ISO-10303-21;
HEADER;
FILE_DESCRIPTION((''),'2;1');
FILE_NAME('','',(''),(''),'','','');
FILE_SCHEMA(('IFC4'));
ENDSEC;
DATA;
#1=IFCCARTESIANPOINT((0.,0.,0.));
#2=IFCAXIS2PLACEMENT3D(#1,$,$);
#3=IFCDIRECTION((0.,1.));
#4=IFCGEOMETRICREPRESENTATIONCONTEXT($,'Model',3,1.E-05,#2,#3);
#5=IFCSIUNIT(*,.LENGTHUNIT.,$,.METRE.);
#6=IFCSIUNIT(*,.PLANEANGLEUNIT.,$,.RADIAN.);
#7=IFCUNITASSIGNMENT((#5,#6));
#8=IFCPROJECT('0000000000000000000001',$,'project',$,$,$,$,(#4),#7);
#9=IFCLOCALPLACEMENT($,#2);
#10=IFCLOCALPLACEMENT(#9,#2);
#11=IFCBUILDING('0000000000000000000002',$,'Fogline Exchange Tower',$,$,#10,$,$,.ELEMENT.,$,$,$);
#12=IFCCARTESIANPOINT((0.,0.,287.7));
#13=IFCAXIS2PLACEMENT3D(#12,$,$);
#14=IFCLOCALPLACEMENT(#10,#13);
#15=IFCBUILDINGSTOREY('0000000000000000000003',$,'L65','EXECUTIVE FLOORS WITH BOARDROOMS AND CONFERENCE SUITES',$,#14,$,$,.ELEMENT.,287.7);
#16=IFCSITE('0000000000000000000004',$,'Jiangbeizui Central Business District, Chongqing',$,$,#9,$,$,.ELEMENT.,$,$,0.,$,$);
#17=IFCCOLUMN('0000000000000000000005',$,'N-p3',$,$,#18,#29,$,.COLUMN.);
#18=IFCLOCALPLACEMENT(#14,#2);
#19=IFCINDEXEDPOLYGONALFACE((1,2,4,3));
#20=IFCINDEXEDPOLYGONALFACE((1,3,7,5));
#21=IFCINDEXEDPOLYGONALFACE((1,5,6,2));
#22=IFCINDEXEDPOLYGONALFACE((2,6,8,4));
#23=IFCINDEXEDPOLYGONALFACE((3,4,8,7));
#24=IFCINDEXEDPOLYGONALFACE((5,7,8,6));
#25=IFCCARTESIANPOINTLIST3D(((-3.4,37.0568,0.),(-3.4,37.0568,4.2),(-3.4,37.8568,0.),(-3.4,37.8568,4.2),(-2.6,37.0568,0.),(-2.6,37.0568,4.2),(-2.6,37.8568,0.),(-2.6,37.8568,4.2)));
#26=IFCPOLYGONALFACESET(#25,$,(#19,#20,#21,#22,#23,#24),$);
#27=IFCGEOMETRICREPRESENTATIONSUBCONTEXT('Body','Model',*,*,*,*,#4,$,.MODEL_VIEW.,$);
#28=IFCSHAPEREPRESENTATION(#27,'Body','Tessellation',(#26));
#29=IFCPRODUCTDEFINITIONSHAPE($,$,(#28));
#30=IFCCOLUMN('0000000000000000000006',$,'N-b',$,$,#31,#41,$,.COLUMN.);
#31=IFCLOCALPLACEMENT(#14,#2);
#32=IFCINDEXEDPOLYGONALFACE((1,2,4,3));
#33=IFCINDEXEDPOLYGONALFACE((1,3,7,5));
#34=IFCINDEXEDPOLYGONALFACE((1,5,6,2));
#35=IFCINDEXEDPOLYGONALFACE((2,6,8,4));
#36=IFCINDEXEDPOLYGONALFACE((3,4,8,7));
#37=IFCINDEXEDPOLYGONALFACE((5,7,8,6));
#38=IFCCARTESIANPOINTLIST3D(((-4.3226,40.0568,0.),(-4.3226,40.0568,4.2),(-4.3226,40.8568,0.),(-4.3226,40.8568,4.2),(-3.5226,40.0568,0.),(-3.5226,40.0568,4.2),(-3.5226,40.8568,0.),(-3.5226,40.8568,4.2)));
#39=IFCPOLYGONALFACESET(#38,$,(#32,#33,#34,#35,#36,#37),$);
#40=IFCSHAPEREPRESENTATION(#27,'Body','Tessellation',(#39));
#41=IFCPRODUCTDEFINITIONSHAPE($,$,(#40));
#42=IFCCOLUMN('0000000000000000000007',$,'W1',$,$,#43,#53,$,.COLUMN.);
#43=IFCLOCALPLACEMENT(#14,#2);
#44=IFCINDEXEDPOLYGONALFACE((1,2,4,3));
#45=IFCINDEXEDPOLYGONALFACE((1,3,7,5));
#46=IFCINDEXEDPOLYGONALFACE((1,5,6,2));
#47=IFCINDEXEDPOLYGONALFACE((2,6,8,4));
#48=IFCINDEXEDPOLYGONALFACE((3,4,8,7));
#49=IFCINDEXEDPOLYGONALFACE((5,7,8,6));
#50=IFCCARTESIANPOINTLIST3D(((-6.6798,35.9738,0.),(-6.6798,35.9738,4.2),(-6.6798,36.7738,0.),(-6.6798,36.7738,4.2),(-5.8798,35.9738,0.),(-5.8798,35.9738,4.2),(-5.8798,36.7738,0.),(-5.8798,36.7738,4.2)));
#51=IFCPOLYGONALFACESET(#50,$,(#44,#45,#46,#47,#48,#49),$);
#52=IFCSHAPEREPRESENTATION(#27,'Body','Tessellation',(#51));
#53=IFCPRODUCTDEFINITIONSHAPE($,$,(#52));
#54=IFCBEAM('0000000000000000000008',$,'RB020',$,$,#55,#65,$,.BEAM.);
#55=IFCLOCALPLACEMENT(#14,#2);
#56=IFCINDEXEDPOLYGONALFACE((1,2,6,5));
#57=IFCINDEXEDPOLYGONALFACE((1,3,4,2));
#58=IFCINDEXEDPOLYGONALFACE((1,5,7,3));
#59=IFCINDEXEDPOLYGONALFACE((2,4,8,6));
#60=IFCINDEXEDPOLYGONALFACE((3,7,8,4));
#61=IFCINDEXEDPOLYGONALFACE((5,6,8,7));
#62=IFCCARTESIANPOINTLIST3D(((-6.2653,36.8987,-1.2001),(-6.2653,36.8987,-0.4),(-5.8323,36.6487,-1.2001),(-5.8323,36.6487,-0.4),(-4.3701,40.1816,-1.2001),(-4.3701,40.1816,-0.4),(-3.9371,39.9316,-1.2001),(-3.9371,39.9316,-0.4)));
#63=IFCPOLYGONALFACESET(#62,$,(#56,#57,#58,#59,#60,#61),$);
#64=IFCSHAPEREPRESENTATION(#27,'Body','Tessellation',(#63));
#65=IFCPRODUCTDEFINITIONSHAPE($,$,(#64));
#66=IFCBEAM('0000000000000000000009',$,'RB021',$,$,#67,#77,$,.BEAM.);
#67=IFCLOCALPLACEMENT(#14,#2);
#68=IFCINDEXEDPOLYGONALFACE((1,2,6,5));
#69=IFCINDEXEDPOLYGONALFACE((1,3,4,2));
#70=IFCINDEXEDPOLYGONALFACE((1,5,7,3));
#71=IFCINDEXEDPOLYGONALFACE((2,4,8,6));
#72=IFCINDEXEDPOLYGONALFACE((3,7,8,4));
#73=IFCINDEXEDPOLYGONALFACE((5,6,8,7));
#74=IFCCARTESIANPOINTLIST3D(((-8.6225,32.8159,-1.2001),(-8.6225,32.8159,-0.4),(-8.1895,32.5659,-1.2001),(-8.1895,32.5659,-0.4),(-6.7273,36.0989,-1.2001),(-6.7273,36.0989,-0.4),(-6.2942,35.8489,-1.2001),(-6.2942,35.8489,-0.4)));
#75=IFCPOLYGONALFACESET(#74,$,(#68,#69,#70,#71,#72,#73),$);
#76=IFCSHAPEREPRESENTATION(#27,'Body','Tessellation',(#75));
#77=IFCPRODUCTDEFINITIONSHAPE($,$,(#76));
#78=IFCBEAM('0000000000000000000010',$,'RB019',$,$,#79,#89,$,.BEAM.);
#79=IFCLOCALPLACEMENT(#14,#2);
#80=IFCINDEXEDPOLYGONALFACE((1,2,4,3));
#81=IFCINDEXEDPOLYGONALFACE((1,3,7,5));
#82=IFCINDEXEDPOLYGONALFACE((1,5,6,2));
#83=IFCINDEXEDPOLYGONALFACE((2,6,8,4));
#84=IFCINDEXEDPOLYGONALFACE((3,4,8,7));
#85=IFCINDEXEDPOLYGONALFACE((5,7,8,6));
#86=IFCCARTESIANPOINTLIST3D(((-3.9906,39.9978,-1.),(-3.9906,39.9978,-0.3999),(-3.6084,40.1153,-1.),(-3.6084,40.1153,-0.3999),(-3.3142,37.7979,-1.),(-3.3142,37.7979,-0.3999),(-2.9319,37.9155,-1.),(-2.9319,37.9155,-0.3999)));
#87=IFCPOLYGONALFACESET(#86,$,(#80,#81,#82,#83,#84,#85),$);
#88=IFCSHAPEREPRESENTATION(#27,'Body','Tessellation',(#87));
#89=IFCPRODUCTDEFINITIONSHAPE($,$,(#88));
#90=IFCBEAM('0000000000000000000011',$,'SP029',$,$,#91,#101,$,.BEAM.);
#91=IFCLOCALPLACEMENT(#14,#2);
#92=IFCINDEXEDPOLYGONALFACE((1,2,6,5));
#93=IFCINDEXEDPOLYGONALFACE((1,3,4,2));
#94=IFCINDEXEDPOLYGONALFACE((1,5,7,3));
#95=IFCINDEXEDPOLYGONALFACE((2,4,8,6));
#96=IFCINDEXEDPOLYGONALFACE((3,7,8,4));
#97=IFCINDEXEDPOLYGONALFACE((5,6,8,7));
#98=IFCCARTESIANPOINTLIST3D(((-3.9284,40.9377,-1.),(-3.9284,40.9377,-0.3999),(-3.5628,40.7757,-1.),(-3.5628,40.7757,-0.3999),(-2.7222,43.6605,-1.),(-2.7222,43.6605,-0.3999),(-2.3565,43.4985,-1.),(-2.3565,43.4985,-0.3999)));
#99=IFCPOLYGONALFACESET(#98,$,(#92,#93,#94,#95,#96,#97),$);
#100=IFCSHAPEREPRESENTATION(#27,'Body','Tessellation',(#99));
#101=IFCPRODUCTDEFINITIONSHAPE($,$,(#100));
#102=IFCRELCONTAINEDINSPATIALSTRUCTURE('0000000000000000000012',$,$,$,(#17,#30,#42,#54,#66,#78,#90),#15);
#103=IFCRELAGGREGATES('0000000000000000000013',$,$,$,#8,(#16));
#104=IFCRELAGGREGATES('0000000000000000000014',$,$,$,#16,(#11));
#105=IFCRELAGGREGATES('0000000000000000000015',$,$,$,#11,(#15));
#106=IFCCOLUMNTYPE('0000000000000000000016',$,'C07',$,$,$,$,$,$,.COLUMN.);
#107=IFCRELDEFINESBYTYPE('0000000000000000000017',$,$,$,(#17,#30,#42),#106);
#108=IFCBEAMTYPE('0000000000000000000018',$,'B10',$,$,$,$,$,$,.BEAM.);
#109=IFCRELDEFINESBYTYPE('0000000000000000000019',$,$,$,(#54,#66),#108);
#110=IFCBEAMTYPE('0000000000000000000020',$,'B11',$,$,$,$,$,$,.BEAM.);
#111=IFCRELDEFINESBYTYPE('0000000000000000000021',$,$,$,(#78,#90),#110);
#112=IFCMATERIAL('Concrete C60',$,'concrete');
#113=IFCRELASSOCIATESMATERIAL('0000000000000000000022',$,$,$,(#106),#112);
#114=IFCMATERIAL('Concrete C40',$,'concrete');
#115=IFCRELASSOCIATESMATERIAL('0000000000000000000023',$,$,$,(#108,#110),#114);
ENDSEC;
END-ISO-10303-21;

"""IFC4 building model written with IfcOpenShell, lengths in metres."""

from ifc_helpers import new_model, si_unit, direction, frame, origin, origin_2d, place, context, subcontext, project, spatial, rectangle, extrude, material, material_profile, profile_set, type_object, element, save


model = new_model("IFC4")

# Units and contexts
model_context = context("Model", 3, precision=1e-05, world=origin(), true_north=direction((0.0, 1.0)))
body_context = subcontext(model_context, "Body", "Model", "MODEL_VIEW")
ifc_project = project(units=[si_unit("LENGTHUNIT", "METRE"), si_unit("PLANEANGLEUNIT", "RADIAN")], contexts=[model_context])

# Site, building, storey
site_placement = place(None, origin())
site = spatial("IfcSite", under=ifc_project, at=site_placement, Name="Jiangbeizui Central Business District, Chongqing", CompositionType="ELEMENT", RefElevation=0.0)
building_placement = place(site_placement, origin())
building = spatial("IfcBuilding", under=site, at=building_placement, Name="Fogline Exchange Tower", CompositionType="ELEMENT")
storey_placement = place(building_placement, frame((0.0, 0.0, 287.7)))
storey = spatial("IfcBuildingStorey", under=building, at=storey_placement, Name="L65", Description="EXECUTIVE FLOORS WITH BOARDROOMS AND CONFERENCE SUITES", CompositionType="ELEMENT", Elevation=287.7)

# Columns
ifc_material_1 = material(Name="Concrete C60", Category="concrete")
ifc_material_profile_1 = material_profile(ifc_material_1, rectangle(XDim=0.8, YDim=0.8, at=origin_2d()), Name="RC 800x800")
ifc_profile_set_1 = profile_set([ifc_material_profile_1], Name="Concrete C60")
column_type = type_object("IfcColumnType", Name="C07", PredefinedType="COLUMN", material=ifc_profile_set_1)
for number, where, z_axis, x_axis, name in (
    (1, (-3.0, 37.4568, 0.0), (0.0, 0.0, 1.0), (1.0, 0.0, 0.0), "N-p3"),
    (2, (-3.9226, 40.4568, 0.0), (0.0, 0.0, 1.0), (1.0, 0.0, 0.0), "N-b"),
    (3, (-6.2798, 36.3738, 0.0), (0.0, 0.0, 1.0), (1.0, 0.0, 0.0), "W1"),
):
    element("IfcColumn", number, at=place(storey_placement, frame(where, z_axis=z_axis, x_axis=x_axis)), inside=storey, type_object=column_type, Name=name, PredefinedType="COLUMN", context=body_context, shape_type="SweptSolid", body=[
        extrude(rectangle(XDim=0.8, YDim=0.8, at=origin_2d()), origin(), (0.0, 0.0, 1.0), 4.2),
    ])

# Beams
ifc_material_2 = material(Name="Concrete C40", Category="concrete")
ifc_material_profile_2 = material_profile(ifc_material_2, rectangle(XDim=0.5, YDim=0.8, at=origin_2d()), Name="RC 500x800")
ifc_profile_set_2 = profile_set([ifc_material_profile_2], Name="Concrete C40")
beam_type_1 = type_object("IfcBeamType", Name="B10", PredefinedType="BEAM", material=ifc_profile_set_2)
for number, where, z_axis, x_axis, name in (
    (4, (-4.1536, 40.0566, -0.8), (-0.49997, -0.866043, 0.0), (0.866043, -0.49997, 0.0), "RB020"),
    (5, (-6.5107, 35.9739, -0.8), (-0.49997, -0.866043, 0.0), (0.866043, -0.49997, 0.0), "RB021"),
):
    element("IfcBeam", number, at=place(storey_placement, frame(where, z_axis=z_axis, x_axis=x_axis)), inside=storey, type_object=beam_type_1, Name=name, PredefinedType="BEAM", context=body_context, shape_type="SweptSolid", body=[
        extrude(rectangle(XDim=0.5, YDim=0.8, at=origin_2d()), origin(), (0.0, 0.0, 1.0), 3.7908),
    ])
ifc_material_profile_3 = material_profile(ifc_material_2, rectangle(XDim=0.3999, YDim=0.6001, at=origin_2d()), Name="RC 400x600")
ifc_profile_set_3 = profile_set([ifc_material_profile_3], Name="Concrete C40")
beam_type_2 = type_object("IfcBeamType", Name="B11", PredefinedType="BEAM", material=ifc_profile_set_3)
beam_1_placement = place(storey_placement, frame((-3.123, 37.8567, -0.7), z_axis=(-0.293929, 0.955827, 0.0), x_axis=(-0.955827, -0.293929, 0.0)))
element("IfcBeam", 6, at=beam_1_placement, inside=storey, type_object=beam_type_2, Name="RB019", PredefinedType="BEAM", context=body_context, shape_type="SweptSolid", body=[
    extrude(rectangle(XDim=0.3999, YDim=0.6001, at=origin_2d()), origin(), (0.0, 0.0, 1.0), 2.3015),
])
beam_2_placement = place(storey_placement, frame((-3.7456, 40.8567, -0.7), z_axis=(0.40505, 0.914294, 0.0), x_axis=(-0.914294, 0.40505, 0.0)))
element("IfcBeam", 7, at=beam_2_placement, inside=storey, type_object=beam_type_2, Name="SP029", PredefinedType="BEAM", context=body_context, shape_type="SweptSolid", body=[
    extrude(rectangle(XDim=0.3999, YDim=0.6001, at=origin_2d()), origin(), (0.0, 0.0, 1.0), 2.978),
])

save(model, "model.ifc")
